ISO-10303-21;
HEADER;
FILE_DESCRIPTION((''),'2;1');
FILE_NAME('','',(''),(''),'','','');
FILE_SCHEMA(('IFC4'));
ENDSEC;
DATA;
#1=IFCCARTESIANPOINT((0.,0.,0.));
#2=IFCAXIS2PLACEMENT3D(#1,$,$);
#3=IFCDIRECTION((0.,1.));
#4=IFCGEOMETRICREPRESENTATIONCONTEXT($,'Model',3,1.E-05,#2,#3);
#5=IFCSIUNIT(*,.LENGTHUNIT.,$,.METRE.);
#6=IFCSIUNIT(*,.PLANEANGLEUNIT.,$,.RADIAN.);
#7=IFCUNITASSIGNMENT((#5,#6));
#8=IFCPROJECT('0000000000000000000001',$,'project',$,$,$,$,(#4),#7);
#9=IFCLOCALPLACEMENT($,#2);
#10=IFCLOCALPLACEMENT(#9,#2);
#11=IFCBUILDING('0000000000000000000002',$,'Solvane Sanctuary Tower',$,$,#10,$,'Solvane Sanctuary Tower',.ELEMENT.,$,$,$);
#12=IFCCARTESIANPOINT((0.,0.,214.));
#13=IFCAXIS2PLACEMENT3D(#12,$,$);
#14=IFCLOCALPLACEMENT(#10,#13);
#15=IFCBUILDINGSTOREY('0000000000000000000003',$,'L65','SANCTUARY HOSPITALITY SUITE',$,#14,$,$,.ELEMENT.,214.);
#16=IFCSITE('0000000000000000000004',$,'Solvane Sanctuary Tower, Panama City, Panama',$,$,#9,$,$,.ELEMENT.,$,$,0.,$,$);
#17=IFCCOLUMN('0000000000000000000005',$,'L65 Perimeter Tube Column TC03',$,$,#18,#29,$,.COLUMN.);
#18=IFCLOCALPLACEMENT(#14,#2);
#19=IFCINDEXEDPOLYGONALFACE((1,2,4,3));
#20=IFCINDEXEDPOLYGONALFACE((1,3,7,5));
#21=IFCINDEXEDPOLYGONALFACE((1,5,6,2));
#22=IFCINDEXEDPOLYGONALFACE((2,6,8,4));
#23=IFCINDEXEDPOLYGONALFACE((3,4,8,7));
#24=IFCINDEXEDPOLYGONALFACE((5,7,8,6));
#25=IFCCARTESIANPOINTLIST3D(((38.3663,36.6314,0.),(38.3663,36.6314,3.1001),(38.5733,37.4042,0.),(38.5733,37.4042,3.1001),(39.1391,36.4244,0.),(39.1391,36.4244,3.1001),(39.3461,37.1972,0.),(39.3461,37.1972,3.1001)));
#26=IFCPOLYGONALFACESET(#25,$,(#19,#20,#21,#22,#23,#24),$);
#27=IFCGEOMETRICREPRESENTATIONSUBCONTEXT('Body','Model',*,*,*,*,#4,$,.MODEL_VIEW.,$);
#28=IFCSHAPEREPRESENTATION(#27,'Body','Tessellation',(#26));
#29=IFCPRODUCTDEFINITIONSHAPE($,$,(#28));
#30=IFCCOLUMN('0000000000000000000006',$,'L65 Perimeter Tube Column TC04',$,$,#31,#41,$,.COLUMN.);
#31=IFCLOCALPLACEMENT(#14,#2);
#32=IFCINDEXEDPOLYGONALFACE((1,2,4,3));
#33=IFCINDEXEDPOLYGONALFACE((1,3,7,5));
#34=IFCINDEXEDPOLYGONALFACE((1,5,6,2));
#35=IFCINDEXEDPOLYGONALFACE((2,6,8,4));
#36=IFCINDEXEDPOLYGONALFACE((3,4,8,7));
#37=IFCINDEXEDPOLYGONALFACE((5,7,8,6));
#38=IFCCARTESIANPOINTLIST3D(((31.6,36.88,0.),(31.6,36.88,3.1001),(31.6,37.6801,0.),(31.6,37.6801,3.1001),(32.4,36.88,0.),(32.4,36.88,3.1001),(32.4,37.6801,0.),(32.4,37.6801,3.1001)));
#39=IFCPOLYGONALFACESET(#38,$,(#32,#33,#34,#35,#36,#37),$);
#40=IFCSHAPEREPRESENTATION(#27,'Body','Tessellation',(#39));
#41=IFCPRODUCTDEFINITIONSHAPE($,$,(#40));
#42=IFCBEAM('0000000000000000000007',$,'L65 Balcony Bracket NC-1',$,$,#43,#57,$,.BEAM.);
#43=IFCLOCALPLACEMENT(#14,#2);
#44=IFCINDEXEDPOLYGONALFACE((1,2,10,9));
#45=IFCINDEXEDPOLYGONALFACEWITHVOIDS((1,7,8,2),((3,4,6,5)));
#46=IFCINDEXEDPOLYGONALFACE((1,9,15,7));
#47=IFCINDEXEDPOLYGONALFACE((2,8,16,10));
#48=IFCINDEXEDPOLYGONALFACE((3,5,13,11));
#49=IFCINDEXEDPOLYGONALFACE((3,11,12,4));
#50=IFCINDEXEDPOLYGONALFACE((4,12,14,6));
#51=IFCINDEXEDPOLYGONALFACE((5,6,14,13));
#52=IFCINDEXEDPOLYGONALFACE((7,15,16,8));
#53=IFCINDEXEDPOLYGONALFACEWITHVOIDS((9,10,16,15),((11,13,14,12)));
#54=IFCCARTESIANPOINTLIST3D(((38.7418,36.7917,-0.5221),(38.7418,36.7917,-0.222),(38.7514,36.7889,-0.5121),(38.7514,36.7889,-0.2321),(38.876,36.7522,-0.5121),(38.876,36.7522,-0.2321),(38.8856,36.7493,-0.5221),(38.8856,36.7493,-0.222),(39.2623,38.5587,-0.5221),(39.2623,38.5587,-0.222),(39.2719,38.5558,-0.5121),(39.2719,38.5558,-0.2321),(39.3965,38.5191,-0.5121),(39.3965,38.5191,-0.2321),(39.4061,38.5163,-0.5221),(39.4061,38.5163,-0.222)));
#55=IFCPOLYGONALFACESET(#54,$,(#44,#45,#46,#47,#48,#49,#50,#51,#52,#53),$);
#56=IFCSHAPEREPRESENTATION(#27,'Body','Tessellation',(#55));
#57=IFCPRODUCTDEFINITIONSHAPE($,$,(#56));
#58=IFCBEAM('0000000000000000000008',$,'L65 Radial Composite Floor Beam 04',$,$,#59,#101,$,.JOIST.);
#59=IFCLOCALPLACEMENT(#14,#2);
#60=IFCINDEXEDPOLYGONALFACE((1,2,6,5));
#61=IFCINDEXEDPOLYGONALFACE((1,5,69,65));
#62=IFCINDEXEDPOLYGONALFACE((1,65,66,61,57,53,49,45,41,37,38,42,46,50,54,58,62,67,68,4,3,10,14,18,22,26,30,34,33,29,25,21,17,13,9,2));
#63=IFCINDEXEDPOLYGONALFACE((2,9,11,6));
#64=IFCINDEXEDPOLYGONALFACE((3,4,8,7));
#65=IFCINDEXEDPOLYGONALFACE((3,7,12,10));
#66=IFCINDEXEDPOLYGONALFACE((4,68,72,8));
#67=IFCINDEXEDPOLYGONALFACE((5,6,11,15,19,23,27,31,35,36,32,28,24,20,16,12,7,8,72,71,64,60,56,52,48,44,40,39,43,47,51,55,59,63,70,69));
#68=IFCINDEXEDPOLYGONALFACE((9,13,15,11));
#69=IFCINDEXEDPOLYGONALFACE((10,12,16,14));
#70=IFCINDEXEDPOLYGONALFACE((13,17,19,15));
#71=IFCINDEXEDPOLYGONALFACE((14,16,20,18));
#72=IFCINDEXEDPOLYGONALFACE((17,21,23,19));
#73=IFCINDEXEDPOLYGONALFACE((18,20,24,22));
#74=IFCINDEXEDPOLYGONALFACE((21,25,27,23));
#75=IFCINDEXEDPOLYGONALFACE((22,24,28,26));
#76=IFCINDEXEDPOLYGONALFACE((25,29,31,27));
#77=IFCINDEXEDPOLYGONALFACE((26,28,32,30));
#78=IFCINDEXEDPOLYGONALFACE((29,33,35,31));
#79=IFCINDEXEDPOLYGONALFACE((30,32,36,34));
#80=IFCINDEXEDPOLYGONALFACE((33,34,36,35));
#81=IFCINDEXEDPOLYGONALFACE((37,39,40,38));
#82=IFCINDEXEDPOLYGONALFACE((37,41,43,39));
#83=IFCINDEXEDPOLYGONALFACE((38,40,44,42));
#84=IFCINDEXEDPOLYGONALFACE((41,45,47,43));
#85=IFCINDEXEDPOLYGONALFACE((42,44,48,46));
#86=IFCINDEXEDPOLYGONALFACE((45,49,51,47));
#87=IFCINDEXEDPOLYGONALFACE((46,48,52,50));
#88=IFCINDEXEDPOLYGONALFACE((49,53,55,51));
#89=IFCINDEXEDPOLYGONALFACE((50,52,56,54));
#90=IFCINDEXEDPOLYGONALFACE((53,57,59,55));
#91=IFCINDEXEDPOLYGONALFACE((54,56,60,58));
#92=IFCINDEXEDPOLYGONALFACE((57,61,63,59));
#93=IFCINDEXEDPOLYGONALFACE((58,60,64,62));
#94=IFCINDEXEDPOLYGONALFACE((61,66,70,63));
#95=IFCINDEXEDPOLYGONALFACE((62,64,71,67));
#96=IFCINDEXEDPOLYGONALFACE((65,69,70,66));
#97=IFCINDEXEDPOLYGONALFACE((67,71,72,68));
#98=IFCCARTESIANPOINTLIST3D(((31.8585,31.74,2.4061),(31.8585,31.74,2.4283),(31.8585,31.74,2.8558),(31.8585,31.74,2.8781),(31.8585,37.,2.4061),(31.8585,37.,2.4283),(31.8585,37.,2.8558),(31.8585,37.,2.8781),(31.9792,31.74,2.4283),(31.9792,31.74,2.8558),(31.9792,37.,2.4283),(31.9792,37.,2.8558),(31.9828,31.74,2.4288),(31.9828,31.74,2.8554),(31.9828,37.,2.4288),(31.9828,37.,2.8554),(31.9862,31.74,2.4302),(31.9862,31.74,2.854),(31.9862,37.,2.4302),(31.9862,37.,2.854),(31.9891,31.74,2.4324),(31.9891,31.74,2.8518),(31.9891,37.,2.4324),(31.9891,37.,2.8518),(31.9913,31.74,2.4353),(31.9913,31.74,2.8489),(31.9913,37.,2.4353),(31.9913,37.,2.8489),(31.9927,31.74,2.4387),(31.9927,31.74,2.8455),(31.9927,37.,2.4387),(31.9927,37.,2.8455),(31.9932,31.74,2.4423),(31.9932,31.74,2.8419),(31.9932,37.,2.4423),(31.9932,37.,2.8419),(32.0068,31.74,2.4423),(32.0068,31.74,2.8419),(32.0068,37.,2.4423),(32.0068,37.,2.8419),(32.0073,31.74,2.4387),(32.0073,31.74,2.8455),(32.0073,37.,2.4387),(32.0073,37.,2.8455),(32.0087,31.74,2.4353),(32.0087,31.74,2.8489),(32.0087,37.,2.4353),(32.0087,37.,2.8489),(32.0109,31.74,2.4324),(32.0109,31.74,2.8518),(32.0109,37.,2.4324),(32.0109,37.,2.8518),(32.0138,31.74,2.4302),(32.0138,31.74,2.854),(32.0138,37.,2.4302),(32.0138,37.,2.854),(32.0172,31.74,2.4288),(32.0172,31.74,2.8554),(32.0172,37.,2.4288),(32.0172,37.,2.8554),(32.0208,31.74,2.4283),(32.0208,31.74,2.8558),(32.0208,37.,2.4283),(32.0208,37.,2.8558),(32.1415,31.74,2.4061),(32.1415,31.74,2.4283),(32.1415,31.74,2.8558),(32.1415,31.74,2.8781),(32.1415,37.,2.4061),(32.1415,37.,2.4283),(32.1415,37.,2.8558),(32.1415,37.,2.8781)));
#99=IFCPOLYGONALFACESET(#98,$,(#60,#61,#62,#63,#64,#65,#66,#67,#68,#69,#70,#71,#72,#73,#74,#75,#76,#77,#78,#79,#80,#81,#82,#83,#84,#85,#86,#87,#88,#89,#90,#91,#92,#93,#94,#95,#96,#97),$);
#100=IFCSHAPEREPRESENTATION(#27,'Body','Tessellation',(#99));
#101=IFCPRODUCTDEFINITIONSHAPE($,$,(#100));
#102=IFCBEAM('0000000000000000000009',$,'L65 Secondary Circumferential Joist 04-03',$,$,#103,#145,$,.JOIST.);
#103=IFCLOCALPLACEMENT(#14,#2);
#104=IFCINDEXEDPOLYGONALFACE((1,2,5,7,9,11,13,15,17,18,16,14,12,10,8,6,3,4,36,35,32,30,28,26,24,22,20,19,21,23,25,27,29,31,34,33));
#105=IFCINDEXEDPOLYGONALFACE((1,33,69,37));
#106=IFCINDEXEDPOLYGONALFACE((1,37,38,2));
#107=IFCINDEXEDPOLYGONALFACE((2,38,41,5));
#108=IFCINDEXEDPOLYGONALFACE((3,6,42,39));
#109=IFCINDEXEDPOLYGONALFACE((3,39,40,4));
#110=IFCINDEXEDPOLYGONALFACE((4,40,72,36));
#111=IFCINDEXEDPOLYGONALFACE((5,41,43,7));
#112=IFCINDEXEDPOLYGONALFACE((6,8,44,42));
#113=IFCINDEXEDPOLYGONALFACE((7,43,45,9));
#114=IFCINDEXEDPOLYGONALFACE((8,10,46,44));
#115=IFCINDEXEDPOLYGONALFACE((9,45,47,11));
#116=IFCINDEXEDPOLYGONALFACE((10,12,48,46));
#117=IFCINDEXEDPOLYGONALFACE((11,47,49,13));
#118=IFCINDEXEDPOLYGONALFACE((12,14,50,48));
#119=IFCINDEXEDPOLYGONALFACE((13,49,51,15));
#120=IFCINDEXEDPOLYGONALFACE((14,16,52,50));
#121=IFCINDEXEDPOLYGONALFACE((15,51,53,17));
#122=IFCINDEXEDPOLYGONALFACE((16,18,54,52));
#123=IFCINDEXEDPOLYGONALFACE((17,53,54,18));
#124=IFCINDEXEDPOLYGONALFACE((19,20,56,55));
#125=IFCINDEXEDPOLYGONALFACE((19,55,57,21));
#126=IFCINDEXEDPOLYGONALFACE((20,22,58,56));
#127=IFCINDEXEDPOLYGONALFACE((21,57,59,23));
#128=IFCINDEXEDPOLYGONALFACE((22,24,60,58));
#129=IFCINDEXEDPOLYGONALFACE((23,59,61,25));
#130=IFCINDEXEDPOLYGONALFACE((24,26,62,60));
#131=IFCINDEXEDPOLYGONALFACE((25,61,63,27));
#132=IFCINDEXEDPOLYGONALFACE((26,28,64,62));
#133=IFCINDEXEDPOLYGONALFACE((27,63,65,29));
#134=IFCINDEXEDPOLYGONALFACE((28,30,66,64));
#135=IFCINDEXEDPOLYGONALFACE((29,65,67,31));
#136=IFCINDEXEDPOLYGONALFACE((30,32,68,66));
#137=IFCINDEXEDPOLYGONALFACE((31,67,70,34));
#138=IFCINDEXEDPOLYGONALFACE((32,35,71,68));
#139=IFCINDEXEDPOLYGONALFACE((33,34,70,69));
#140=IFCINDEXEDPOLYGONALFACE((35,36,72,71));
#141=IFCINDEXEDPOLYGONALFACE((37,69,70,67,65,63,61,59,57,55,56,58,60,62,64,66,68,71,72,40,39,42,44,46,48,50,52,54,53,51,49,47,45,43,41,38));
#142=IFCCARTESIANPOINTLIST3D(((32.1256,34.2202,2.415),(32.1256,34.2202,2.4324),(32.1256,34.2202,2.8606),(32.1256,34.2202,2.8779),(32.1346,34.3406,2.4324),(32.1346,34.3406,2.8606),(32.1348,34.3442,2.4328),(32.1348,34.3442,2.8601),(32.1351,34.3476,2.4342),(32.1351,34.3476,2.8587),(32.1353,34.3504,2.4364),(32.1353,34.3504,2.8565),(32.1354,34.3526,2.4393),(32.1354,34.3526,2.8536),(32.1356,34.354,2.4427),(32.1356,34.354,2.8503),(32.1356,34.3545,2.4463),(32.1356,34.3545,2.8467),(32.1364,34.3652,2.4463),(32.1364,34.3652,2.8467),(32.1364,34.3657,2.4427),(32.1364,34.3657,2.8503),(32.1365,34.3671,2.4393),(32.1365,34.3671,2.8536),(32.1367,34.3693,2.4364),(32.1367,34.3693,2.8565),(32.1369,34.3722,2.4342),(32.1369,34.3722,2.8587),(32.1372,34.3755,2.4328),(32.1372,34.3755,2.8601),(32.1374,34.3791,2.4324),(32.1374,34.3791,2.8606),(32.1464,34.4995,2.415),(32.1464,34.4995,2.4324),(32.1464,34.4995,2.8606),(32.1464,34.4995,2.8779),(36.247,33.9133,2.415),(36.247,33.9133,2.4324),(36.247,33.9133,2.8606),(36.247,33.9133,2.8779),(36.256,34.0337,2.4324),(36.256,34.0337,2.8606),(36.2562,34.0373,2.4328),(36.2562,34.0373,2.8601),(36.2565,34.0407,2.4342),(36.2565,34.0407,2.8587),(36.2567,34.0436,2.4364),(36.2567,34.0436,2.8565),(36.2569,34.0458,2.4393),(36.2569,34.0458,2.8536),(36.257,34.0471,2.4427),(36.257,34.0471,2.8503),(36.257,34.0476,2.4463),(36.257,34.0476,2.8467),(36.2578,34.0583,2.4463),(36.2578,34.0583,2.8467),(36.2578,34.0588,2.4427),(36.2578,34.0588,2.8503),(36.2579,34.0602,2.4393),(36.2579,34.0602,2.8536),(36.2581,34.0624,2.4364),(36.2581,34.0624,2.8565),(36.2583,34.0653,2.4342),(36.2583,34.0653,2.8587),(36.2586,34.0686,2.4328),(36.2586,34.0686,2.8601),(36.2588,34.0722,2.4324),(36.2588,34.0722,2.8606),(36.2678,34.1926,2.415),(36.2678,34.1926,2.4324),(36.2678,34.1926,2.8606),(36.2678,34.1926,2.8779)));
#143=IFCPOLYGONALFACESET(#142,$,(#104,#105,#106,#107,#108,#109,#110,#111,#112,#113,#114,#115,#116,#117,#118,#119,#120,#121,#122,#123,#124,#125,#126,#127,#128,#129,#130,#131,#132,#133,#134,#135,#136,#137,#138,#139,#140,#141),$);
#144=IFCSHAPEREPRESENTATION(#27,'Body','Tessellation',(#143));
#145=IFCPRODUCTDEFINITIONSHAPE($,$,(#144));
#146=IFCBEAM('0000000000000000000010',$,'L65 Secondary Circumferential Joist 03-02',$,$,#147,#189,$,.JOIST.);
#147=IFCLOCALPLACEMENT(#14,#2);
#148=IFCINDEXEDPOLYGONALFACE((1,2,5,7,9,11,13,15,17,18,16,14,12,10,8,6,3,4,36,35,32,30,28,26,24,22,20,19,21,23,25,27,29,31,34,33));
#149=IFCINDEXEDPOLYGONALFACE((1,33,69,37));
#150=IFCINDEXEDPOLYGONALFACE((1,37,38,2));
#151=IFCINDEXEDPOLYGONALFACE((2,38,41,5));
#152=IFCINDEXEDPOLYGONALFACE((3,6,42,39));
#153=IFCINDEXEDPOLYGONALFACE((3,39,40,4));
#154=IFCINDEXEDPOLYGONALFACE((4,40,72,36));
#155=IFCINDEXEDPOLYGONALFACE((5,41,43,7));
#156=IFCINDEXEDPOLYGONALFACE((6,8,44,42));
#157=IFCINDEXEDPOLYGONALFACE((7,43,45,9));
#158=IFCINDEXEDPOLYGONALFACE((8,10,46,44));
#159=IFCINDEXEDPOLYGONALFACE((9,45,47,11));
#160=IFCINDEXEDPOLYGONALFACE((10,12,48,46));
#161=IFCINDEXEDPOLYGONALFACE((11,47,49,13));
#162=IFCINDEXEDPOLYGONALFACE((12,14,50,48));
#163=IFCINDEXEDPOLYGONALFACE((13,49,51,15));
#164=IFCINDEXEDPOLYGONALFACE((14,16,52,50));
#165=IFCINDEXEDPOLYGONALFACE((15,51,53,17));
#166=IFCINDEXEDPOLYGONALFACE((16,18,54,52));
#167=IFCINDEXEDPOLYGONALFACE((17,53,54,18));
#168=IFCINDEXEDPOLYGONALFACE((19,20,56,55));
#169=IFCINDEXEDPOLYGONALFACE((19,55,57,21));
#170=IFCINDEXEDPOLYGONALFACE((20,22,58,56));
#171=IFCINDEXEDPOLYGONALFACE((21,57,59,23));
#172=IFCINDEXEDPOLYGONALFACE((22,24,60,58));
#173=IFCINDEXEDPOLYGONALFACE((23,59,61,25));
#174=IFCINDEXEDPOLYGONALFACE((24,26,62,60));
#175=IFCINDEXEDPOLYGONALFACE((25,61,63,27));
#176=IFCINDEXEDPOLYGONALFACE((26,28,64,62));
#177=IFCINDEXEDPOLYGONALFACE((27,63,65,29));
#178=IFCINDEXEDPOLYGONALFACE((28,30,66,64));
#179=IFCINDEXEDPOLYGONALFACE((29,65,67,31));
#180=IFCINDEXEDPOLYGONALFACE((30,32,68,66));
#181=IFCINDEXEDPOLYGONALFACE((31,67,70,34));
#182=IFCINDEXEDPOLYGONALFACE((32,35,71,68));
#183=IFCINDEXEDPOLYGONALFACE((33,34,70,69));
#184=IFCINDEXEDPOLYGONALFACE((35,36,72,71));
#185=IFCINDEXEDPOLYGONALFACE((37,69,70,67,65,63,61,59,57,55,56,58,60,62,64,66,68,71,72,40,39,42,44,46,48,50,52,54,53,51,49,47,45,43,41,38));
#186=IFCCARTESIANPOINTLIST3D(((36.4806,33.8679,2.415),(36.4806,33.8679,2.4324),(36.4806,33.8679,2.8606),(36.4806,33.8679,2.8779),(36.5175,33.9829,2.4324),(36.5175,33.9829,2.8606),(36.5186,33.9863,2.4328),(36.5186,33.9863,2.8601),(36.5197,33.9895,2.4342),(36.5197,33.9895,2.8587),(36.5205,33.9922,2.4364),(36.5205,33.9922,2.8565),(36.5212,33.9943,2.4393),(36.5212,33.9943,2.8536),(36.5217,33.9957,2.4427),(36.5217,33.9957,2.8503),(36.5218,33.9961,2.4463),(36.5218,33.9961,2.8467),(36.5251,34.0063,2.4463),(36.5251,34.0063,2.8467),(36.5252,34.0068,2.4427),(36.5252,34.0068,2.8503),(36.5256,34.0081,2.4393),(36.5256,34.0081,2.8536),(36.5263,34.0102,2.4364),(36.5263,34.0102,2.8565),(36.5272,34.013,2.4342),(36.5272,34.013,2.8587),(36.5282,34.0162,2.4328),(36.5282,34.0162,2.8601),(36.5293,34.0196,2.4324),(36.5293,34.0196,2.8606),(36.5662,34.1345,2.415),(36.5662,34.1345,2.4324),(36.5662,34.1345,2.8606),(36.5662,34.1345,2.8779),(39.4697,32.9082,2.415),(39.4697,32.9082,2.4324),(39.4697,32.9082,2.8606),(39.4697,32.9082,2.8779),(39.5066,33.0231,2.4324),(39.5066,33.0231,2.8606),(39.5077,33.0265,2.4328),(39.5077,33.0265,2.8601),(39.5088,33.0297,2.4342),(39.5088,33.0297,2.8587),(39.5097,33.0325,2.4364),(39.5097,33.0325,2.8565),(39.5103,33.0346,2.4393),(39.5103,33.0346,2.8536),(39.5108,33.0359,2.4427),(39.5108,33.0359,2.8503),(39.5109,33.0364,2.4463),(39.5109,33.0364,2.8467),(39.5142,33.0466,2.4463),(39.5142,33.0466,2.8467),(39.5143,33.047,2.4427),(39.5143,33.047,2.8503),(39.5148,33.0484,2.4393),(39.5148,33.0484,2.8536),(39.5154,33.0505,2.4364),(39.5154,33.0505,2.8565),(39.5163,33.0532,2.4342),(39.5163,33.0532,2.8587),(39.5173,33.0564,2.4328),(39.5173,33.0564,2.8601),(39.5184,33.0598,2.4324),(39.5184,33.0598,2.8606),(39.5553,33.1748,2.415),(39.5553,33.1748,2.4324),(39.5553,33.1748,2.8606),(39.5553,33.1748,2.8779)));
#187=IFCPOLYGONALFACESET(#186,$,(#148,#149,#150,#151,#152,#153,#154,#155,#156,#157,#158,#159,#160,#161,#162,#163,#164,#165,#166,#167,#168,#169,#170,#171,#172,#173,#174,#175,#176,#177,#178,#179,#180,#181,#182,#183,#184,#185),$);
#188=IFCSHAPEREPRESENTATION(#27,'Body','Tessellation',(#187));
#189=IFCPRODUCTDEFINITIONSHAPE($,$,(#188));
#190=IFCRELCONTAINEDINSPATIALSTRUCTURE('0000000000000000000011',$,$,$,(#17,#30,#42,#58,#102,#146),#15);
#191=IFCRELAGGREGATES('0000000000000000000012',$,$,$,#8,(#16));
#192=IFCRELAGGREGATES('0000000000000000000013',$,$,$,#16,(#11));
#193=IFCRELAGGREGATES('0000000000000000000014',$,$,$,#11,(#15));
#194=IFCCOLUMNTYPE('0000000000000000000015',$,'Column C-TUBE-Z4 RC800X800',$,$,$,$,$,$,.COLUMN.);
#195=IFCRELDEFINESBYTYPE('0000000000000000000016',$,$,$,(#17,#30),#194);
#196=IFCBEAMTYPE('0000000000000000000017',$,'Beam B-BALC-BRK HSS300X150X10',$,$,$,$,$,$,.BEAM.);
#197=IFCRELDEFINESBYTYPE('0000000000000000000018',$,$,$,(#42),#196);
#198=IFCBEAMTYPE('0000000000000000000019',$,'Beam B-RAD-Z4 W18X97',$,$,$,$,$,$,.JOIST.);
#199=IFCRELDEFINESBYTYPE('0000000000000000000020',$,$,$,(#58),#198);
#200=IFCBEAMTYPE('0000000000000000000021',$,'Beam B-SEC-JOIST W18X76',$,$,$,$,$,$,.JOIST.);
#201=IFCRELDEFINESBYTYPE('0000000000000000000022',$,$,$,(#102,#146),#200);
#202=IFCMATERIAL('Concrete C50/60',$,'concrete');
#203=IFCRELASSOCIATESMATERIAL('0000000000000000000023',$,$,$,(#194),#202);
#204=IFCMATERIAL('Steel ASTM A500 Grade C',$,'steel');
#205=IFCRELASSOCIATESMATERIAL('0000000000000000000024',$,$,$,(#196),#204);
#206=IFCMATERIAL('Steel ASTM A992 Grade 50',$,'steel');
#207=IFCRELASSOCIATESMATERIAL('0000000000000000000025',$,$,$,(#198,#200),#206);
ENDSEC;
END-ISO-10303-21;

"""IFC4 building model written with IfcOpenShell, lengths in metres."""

from ifc_helpers import new_model, si_unit, direction, frame, origin, origin_2d, place, context, subcontext, project, spatial, rectangle, hollow_rectangle, i_section, extrude, material, material_profile, profile_set, type_object, element, save


model = new_model("IFC4")

# Units and contexts
model_context = context("Model", 3, precision=1e-05, world=origin(), true_north=direction((0.0, 1.0)))
body_context = subcontext(model_context, "Body", "Model", "MODEL_VIEW")
ifc_project = project(units=[si_unit("LENGTHUNIT", "METRE"), si_unit("PLANEANGLEUNIT", "RADIAN")], contexts=[model_context])

# Site, building, storey
site_placement = place(None, origin())
site = spatial("IfcSite", under=ifc_project, at=site_placement, Name="Solvane Sanctuary Tower, Panama City, Panama", CompositionType="ELEMENT", RefElevation=0.0)
building_placement = place(site_placement, origin())
building = spatial("IfcBuilding", under=site, at=building_placement, Name="Solvane Sanctuary Tower", LongName="Solvane Sanctuary Tower", CompositionType="ELEMENT")
storey_placement = place(building_placement, frame((0.0, 0.0, 214.0)))
storey = spatial("IfcBuildingStorey", under=building, at=storey_placement, Name="L65", Description="SANCTUARY HOSPITALITY SUITE", CompositionType="ELEMENT", Elevation=214.0)

# Columns
ifc_material_1 = material(Name="Concrete C50/60", Category="concrete")
ifc_material_profile_1 = material_profile(ifc_material_1, rectangle(XDim=0.8, YDim=0.8, at=origin_2d()), Name="RC800X800")
ifc_profile_set_1 = profile_set([ifc_material_profile_1], Name="Concrete C50/60")
column_type = type_object("IfcColumnType", Name="Column C-TUBE-Z4 RC800X800", PredefinedType="COLUMN", material=ifc_profile_set_1)
for number, where, z_axis, x_axis, name in (
    (1, (38.8562, 36.9143, 0.0), (0.0, 0.0, 1.0), (0.258819, 0.965926, 0.0), "L65 Perimeter Tube Column TC03"),
    (2, (32.0, 37.28, 0.0), (0.0, 0.0, 1.0), (0.0, 1.0, 0.0), "L65 Perimeter Tube Column TC04"),
):
    element("IfcColumn", number, at=place(storey_placement, frame(where, z_axis=z_axis, x_axis=x_axis)), inside=storey, type_object=column_type, Name=name, PredefinedType="COLUMN", context=body_context, shape_type="SweptSolid", body=[
        extrude(rectangle(XDim=0.8, YDim=0.8, at=origin_2d()), origin(), (0.0, 0.0, 1.0), 3.1001),
    ])

# Beams
ifc_material_2 = material(Name="Steel ASTM A500 Grade C", Category="steel")
ifc_material_profile_2 = material_profile(ifc_material_2, hollow_rectangle(XDim=0.1499, YDim=0.3, WallThickness=0.01, at=origin_2d()), Name="HSS300X150X10")
ifc_profile_set_2 = profile_set([ifc_material_profile_2], Name="Steel ASTM A500 Grade C")
beam_type_1 = type_object("IfcBeamType", Name="Beam B-BALC-BRK HSS300X150X10", PredefinedType="BEAM", material=ifc_profile_set_2)
beam_1_placement = place(storey_placement, frame((38.8137, 36.7705, -0.3721), z_axis=(0.282554, 0.959251, 0.0), x_axis=(-0.959251, 0.282554, 0.0)))
element("IfcBeam", 3, at=beam_1_placement, inside=storey, type_object=beam_type_1, Name="L65 Balcony Bracket NC-1", PredefinedType="BEAM", context=body_context, shape_type="SweptSolid", body=[
    extrude(hollow_rectangle(XDim=0.1499, YDim=0.3, WallThickness=0.01, at=origin_2d()), origin(), (0.0, 0.0, 1.0), 1.842),
])
ifc_material_3 = material(Name="Steel ASTM A992 Grade 50", Category="steel")
ifc_material_profile_3 = material_profile(ifc_material_3, i_section(OverallWidth=0.283, OverallDepth=0.4719, WebThickness=0.0137, FlangeThickness=0.0222, FilletRadius=0.0139, at=origin_2d()), Name="W18X97")
ifc_profile_set_3 = profile_set([ifc_material_profile_3], Name="Steel ASTM A992 Grade 50")
beam_type_2 = type_object("IfcBeamType", Name="Beam B-RAD-Z4 W18X97", PredefinedType="JOIST", material=ifc_profile_set_3)
beam_2_placement = place(storey_placement, frame((32.0, 31.74, 2.6421), z_axis=(0.0, 1.0, 0.0), x_axis=(-1.0, 0.0, 0.0)))
element("IfcBeam", 4, at=beam_2_placement, inside=storey, type_object=beam_type_2, Name="L65 Radial Composite Floor Beam 04", PredefinedType="JOIST", context=body_context, shape_type="SweptSolid", body=[
    extrude(i_section(OverallWidth=0.283, OverallDepth=0.4719, WebThickness=0.0137, FlangeThickness=0.0222, FilletRadius=0.0139, at=origin_2d()), origin(), (0.0, 0.0, 1.0), 5.26),
])
ifc_material_profile_4 = material_profile(ifc_material_3, i_section(OverallWidth=0.28, OverallDepth=0.4629, WebThickness=0.0107, FlangeThickness=0.0173, FilletRadius=0.0139, at=origin_2d()), Name="W18X76")
ifc_profile_set_4 = profile_set([ifc_material_profile_4], Name="Steel ASTM A992 Grade 50")
beam_type_3 = type_object("IfcBeamType", Name="Beam B-SEC-JOIST W18X76", PredefinedType="JOIST", material=ifc_profile_set_4)
beam_3_placement = place(storey_placement, frame((32.136, 34.3599, 2.6465), z_axis=(0.997239, -0.074257, 0.0), x_axis=(0.074257, 0.997239, 0.0)))
element("IfcBeam", 5, at=beam_3_placement, inside=storey, type_object=beam_type_3, Name="L65 Secondary Circumferential Joist 04-03", PredefinedType="JOIST", context=body_context, shape_type="SweptSolid", body=[
    extrude(i_section(OverallWidth=0.28, OverallDepth=0.4629, WebThickness=0.0107, FlangeThickness=0.0173, FilletRadius=0.0139, at=origin_2d()), origin(), (0.0, 0.0, 1.0), 4.1328),
])
beam_4_placement = place(storey_placement, frame((36.5234, 34.0012, 2.6465), z_axis=(0.952125, -0.30571, 0.0), x_axis=(0.30571, 0.952125, 0.0)))
element("IfcBeam", 6, at=beam_4_placement, inside=storey, type_object=beam_type_3, Name="L65 Secondary Circumferential Joist 03-02", PredefinedType="JOIST", context=body_context, shape_type="SweptSolid", body=[
    extrude(i_section(OverallWidth=0.28, OverallDepth=0.4629, WebThickness=0.0107, FlangeThickness=0.0173, FilletRadius=0.0139, at=origin_2d()), origin(), (0.0, 0.0, 1.0), 3.1394),
])

save(model, "model.ifc")
